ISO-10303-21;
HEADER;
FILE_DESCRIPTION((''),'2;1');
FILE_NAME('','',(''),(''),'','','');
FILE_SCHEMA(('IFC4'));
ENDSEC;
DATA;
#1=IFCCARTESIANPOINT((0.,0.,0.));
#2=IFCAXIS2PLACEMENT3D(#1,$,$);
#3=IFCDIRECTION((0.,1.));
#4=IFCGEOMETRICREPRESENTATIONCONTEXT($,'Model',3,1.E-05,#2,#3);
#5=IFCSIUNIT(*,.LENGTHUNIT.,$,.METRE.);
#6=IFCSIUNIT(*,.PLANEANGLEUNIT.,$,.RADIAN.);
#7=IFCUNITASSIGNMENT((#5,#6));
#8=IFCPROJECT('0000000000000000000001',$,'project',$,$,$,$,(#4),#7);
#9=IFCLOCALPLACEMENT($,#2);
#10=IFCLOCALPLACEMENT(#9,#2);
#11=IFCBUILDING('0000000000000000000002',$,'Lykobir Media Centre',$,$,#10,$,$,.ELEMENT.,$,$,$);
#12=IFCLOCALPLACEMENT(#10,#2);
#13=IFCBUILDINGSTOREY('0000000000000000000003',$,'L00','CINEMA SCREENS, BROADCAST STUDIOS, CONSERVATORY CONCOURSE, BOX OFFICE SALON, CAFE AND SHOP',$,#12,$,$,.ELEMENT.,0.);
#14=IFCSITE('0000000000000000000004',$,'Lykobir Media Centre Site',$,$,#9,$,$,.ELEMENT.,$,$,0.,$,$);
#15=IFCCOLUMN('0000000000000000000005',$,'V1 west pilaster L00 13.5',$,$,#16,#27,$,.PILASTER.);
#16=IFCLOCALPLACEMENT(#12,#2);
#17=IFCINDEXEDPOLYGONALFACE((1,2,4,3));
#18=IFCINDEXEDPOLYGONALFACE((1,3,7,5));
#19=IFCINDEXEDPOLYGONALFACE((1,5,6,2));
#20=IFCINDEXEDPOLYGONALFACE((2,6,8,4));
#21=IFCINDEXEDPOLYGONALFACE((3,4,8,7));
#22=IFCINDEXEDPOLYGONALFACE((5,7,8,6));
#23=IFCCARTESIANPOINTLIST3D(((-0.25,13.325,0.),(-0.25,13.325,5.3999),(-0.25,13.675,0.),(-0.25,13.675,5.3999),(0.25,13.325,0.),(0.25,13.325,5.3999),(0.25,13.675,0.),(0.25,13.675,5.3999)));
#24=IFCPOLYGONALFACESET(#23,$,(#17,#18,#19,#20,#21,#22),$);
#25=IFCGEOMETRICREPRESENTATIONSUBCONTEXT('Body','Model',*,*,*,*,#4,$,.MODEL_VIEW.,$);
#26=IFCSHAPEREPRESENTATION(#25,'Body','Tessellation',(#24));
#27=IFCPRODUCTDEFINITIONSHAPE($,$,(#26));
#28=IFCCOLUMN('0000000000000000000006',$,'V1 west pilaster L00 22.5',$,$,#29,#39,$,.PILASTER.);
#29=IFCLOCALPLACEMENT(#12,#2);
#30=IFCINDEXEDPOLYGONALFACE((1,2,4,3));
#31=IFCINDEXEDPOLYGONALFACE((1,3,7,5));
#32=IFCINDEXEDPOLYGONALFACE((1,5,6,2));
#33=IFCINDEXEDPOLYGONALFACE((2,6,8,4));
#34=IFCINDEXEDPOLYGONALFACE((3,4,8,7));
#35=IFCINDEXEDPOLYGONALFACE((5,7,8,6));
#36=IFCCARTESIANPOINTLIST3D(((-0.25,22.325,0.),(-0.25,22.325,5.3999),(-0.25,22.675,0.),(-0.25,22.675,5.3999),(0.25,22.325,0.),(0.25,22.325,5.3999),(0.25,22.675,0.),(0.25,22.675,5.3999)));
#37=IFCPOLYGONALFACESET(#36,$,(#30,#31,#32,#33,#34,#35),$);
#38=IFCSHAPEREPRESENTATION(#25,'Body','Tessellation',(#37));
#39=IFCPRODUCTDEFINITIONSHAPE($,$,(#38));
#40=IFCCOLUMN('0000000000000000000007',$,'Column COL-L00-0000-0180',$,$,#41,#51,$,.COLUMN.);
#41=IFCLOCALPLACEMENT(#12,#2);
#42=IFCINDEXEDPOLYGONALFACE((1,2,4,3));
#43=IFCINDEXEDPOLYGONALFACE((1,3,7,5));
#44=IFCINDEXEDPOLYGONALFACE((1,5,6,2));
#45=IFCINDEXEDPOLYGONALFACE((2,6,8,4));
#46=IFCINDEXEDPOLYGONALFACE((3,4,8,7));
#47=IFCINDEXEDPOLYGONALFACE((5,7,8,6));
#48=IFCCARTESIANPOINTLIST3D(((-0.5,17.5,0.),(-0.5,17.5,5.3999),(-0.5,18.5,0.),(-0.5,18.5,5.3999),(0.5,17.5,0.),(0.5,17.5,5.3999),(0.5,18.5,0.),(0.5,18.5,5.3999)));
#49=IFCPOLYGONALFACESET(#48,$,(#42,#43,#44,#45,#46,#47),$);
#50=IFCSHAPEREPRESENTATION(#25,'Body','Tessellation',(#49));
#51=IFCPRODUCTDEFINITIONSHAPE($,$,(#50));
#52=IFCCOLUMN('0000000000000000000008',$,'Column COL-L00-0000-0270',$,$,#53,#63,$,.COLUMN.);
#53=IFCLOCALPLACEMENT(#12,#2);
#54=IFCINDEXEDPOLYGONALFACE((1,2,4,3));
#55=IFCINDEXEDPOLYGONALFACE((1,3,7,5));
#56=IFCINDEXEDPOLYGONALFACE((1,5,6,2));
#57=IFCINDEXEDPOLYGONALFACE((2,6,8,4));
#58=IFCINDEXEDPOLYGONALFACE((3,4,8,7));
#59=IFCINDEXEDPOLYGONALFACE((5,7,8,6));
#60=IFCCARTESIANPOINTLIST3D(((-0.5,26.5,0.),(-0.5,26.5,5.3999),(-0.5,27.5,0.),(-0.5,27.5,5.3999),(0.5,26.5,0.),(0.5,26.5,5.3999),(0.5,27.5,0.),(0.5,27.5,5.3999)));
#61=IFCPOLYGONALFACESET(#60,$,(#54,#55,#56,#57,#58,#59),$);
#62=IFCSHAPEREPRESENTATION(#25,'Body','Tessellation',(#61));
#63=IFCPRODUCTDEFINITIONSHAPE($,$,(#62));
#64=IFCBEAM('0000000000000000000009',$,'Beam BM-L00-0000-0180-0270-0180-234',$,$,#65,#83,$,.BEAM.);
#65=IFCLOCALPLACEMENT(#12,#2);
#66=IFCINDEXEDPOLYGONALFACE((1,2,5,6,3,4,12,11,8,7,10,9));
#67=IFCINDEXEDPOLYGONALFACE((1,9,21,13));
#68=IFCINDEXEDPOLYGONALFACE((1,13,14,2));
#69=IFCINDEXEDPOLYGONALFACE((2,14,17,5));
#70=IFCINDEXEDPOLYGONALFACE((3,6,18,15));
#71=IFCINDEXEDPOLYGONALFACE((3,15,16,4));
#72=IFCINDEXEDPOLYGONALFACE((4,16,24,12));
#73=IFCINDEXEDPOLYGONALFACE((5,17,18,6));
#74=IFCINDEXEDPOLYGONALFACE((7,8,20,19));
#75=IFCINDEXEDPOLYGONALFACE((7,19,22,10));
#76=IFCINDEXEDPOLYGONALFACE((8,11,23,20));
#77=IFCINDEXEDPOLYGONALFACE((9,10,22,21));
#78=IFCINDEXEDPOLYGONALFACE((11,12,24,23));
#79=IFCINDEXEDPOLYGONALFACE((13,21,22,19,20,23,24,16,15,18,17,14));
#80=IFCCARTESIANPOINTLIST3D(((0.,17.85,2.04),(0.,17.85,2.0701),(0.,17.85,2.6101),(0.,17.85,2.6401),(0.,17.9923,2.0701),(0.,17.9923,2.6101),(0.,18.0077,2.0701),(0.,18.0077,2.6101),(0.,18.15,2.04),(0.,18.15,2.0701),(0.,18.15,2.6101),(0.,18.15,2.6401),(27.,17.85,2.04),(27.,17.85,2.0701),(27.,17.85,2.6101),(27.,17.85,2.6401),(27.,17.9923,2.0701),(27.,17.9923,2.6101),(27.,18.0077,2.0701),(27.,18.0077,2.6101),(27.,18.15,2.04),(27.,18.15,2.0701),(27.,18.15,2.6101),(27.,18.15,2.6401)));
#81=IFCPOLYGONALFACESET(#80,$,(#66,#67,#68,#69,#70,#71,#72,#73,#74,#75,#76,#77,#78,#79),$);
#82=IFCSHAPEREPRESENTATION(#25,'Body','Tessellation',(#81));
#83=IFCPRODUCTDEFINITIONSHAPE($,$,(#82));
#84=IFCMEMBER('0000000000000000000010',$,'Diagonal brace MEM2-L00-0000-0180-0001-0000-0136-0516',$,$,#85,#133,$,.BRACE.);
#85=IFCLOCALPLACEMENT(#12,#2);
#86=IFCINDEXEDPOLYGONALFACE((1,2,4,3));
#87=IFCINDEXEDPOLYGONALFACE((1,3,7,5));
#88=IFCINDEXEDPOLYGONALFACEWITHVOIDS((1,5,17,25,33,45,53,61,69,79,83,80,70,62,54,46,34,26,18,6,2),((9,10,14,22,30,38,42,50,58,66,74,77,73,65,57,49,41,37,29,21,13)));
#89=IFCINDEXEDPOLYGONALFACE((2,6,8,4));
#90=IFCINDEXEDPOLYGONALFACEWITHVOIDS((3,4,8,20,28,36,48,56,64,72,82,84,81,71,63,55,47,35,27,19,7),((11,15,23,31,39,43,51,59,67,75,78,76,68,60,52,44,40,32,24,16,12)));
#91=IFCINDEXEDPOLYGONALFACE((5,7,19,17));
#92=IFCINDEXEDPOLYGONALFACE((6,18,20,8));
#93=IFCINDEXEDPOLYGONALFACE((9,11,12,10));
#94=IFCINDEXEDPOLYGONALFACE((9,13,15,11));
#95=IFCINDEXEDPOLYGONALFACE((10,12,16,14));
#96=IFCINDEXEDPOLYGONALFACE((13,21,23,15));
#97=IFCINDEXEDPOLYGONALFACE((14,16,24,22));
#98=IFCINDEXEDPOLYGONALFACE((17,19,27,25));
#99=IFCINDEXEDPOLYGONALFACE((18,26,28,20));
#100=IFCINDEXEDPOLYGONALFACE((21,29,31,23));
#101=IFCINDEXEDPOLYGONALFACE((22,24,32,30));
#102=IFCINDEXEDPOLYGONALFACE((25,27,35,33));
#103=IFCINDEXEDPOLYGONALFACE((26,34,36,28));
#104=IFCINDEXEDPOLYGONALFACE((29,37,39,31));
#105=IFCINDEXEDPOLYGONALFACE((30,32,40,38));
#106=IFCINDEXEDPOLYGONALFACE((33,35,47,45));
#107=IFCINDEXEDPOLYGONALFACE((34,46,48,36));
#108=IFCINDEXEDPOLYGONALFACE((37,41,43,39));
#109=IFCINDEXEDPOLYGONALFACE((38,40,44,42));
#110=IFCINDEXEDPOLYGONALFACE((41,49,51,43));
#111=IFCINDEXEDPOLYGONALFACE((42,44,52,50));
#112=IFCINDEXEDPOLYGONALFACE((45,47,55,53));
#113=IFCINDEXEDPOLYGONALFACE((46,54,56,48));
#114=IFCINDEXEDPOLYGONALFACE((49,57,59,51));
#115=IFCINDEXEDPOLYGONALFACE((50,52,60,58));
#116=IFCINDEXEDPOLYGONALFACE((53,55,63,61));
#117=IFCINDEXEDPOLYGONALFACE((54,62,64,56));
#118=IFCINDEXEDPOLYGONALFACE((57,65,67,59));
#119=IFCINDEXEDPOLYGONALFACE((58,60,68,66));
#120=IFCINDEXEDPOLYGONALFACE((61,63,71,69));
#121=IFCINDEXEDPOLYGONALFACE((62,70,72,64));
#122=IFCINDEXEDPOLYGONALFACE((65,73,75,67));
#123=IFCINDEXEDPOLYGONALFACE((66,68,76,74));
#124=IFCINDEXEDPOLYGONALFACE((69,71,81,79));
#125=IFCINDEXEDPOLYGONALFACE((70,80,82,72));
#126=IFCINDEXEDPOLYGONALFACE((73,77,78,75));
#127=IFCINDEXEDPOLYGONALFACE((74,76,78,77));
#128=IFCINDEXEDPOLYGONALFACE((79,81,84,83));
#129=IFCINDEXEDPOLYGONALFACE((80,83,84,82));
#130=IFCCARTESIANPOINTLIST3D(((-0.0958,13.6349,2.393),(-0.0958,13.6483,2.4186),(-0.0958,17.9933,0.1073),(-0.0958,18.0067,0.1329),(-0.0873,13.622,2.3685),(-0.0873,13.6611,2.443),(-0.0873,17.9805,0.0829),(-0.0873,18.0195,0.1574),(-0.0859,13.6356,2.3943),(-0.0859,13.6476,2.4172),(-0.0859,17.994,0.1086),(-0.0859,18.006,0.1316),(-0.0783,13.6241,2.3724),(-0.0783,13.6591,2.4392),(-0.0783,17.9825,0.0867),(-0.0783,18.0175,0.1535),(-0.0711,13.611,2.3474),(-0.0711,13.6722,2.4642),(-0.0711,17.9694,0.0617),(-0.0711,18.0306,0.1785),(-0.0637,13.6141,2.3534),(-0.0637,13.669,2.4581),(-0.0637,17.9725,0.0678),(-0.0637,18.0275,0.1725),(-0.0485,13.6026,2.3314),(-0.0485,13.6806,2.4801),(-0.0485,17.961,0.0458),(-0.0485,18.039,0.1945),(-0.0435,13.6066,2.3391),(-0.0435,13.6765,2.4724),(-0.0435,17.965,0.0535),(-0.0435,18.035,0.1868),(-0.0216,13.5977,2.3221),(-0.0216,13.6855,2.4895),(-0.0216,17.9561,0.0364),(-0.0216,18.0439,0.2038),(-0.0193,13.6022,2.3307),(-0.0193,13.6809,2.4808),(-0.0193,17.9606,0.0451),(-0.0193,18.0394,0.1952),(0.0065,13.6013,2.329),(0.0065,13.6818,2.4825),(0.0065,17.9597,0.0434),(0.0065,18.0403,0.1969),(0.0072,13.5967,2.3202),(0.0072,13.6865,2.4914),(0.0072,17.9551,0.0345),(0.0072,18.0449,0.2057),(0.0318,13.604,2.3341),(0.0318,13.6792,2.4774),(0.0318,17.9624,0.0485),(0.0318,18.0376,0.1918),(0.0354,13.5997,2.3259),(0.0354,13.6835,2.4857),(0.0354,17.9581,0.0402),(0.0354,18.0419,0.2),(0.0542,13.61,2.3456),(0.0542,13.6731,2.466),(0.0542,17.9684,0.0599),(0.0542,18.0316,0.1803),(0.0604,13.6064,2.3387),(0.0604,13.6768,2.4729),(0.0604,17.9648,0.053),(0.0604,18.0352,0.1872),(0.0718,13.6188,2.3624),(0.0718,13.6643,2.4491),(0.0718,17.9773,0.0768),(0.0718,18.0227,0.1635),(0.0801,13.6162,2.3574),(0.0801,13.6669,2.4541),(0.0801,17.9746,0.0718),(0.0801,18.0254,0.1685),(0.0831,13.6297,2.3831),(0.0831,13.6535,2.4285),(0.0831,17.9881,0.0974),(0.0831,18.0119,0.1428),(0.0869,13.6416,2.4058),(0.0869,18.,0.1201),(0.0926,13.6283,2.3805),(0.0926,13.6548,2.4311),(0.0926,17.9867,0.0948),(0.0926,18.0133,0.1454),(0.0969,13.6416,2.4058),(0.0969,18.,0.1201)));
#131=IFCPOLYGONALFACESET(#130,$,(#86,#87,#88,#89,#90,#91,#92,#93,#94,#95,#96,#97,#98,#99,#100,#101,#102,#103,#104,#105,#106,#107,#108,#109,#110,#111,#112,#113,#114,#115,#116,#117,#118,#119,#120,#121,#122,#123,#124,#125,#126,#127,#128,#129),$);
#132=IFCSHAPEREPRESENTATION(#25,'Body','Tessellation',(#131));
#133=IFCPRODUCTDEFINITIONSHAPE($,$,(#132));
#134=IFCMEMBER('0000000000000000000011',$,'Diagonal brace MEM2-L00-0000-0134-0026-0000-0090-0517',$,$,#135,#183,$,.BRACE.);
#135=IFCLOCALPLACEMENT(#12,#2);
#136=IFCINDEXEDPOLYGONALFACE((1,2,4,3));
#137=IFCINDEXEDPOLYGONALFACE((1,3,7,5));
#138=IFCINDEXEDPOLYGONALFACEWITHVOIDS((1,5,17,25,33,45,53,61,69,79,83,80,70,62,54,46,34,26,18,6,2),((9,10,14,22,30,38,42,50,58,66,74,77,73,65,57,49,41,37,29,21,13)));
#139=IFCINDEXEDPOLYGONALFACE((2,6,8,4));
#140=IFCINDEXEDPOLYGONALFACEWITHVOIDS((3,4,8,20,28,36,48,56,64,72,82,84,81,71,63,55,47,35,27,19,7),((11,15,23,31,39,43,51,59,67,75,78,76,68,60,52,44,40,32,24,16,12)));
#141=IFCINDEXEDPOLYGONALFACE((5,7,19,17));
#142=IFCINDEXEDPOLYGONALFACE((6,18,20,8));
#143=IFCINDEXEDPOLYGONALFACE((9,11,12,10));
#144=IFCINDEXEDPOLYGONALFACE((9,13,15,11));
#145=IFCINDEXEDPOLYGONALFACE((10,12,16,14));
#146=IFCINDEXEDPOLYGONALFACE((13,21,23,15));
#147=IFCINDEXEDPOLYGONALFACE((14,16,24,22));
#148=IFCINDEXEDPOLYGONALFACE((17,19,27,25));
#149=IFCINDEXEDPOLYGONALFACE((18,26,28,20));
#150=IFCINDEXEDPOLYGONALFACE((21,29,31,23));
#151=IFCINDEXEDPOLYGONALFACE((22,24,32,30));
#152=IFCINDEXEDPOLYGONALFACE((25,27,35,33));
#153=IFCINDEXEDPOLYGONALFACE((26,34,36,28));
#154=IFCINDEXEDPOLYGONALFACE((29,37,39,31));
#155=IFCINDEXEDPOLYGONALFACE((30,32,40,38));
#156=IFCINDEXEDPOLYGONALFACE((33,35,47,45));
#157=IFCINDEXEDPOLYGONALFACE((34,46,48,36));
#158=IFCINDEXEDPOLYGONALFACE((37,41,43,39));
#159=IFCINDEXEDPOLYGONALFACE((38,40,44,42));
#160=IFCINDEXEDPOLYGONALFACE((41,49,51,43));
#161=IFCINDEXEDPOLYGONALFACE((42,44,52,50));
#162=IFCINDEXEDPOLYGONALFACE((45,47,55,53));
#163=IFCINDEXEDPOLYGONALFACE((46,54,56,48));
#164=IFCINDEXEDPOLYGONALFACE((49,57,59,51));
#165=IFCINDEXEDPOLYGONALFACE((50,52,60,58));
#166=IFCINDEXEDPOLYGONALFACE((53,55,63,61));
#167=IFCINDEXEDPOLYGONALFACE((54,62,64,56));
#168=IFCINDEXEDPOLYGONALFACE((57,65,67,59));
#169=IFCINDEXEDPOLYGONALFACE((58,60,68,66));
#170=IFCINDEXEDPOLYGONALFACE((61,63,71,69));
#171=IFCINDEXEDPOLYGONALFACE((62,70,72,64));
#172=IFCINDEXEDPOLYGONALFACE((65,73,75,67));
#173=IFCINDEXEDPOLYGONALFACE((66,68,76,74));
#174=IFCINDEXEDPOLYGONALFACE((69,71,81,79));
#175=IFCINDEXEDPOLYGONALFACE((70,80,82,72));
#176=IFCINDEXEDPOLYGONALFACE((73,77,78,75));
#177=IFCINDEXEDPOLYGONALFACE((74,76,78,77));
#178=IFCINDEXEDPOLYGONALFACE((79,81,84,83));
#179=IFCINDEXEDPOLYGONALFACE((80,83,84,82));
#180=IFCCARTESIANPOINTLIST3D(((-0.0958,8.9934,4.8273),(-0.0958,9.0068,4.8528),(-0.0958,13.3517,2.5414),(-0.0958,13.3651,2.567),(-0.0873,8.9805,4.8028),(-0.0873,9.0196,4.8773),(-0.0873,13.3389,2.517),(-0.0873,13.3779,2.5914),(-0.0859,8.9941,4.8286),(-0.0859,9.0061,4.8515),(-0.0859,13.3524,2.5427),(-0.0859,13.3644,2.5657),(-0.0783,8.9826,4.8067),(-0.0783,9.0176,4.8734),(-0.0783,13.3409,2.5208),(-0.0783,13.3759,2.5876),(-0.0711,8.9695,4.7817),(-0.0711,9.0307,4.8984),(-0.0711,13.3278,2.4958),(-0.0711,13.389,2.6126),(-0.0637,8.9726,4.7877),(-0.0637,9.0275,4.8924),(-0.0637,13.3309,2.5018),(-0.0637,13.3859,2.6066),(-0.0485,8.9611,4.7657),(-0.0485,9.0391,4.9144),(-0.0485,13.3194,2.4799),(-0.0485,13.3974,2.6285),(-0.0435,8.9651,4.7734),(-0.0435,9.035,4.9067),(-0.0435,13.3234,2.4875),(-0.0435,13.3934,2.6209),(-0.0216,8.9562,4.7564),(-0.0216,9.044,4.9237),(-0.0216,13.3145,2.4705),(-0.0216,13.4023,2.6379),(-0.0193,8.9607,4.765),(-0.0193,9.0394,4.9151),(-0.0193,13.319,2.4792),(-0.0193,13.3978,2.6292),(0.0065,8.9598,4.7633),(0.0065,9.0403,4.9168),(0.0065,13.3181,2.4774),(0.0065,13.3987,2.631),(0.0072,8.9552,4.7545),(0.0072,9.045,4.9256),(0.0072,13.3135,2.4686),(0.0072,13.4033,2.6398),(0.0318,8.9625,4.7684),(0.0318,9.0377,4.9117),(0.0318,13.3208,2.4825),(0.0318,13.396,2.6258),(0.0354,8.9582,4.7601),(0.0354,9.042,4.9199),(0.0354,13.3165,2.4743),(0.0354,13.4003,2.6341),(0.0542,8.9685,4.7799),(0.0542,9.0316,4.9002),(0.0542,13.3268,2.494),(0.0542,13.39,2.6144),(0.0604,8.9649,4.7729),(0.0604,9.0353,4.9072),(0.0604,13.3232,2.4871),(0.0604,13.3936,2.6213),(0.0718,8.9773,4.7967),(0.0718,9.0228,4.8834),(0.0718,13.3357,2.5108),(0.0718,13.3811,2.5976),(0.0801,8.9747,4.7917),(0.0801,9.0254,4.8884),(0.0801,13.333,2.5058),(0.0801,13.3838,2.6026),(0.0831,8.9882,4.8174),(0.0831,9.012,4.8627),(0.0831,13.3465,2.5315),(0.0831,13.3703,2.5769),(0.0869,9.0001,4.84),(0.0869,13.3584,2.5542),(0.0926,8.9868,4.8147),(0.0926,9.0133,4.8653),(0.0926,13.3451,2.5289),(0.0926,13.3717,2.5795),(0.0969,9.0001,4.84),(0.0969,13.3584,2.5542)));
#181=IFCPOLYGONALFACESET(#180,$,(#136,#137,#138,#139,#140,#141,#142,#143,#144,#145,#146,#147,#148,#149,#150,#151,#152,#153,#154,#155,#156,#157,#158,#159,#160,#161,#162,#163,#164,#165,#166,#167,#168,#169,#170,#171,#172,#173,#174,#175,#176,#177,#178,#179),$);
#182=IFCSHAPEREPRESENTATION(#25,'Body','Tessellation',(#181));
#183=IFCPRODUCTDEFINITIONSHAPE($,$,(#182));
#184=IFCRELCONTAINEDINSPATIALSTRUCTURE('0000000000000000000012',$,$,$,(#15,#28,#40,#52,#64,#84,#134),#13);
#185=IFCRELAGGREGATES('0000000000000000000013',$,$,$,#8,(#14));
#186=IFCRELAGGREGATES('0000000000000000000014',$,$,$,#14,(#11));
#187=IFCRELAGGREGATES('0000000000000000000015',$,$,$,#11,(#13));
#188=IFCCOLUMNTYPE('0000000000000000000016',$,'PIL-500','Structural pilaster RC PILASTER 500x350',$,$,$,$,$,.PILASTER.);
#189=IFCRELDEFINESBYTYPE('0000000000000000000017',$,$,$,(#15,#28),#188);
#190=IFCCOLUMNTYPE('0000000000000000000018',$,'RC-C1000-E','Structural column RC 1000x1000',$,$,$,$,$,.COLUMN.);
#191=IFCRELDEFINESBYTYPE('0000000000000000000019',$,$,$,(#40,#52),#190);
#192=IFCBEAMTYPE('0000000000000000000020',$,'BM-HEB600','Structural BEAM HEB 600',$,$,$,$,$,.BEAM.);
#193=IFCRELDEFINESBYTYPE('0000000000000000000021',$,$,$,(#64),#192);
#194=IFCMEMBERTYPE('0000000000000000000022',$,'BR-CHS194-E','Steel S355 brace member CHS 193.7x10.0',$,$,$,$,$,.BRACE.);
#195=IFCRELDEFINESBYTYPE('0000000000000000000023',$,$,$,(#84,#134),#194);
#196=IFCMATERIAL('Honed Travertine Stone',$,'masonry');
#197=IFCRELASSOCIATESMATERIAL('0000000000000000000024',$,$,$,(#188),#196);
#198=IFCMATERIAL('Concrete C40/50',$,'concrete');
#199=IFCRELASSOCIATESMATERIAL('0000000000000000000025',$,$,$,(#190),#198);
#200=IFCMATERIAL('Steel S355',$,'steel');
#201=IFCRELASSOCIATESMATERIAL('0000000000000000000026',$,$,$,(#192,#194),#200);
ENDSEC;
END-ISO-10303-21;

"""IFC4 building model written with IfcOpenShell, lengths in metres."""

from ifc_helpers import new_model, si_unit, direction, frame, origin, origin_2d, place, context, subcontext, project, spatial, rectangle, hollow_circle, i_section, extrude, material, material_profile, profile_set, type_object, element, save


model = new_model("IFC4")

# Units and contexts
model_context = context("Model", 3, precision=1e-05, world=origin(), true_north=direction((0.0, 1.0)))
body_context = subcontext(model_context, "Body", "Model", "MODEL_VIEW")
ifc_project = project(units=[si_unit("LENGTHUNIT", "METRE"), si_unit("PLANEANGLEUNIT", "RADIAN")], contexts=[model_context])

# Site, building, storey
site_placement = place(None, origin())
site = spatial("IfcSite", under=ifc_project, at=site_placement, Name="Lykobir Media Centre Site", CompositionType="ELEMENT", RefElevation=0.0)
building_placement = place(site_placement, origin())
building = spatial("IfcBuilding", under=site, at=building_placement, Name="Lykobir Media Centre", CompositionType="ELEMENT")
storey_placement = place(building_placement, origin())
storey = spatial("IfcBuildingStorey", under=building, at=storey_placement, Name="L00", Description="CINEMA SCREENS, BROADCAST STUDIOS, CONSERVATORY CONCOURSE, BOX OFFICE SALON, CAFE AND SHOP", CompositionType="ELEMENT", Elevation=0.0)

# Columns
ifc_material_1 = material(Name="Honed Travertine Stone", Category="masonry")
ifc_material_profile_1 = material_profile(ifc_material_1, rectangle(XDim=0.3501, YDim=0.5, at=origin_2d()), Name="RC PILASTER 500x350")
ifc_profile_set_1 = profile_set([ifc_material_profile_1], Name="Honed Travertine Stone")
column_type_1 = type_object("IfcColumnType", Name="PIL-500", Description="Structural pilaster RC PILASTER 500x350", PredefinedType="PILASTER", material=ifc_profile_set_1)
for number, where, z_axis, x_axis, name in (
    (1, (0.0, 13.5, 0.0), (0.0, 0.0, 1.0), (0.0, 1.0, 0.0), "V1 west pilaster L00 13.5"),
    (2, (0.0, 22.5, 0.0), (0.0, 0.0, 1.0), (0.0, 1.0, 0.0), "V1 west pilaster L00 22.5"),
):
    element("IfcColumn", number, at=place(storey_placement, frame(where, z_axis=z_axis, x_axis=x_axis)), inside=storey, type_object=column_type_1, Name=name, PredefinedType="PILASTER", context=body_context, shape_type="SweptSolid", body=[
        extrude(rectangle(XDim=0.3501, YDim=0.5, at=origin_2d()), origin(), (0.0, 0.0, 1.0), 5.3999),
    ])
ifc_material_2 = material(Name="Concrete C40/50", Category="concrete")
ifc_material_profile_2 = material_profile(ifc_material_2, rectangle(XDim=1.0, YDim=1.0, at=origin_2d()), Name="RC 1000x1000")
ifc_profile_set_2 = profile_set([ifc_material_profile_2], Name="Concrete C40/50")
column_type_2 = type_object("IfcColumnType", Name="RC-C1000-E", Description="Structural column RC 1000x1000", PredefinedType="COLUMN", material=ifc_profile_set_2)
for number, where, z_axis, x_axis, name in (
    (3, (0.0, 18.0, 0.0), (0.0, 0.0, 1.0), (1.0, 0.0, 0.0), "Column COL-L00-0000-0180"),
    (4, (0.0, 27.0, 0.0), (0.0, 0.0, 1.0), (1.0, 0.0, 0.0), "Column COL-L00-0000-0270"),
):
    element("IfcColumn", number, at=place(storey_placement, frame(where, z_axis=z_axis, x_axis=x_axis)), inside=storey, type_object=column_type_2, Name=name, PredefinedType="COLUMN", context=body_context, shape_type="SweptSolid", body=[
        extrude(rectangle(XDim=1.0, YDim=1.0, at=origin_2d()), origin(), (0.0, 0.0, 1.0), 5.3999),
    ])

# Beam
ifc_material_3 = material(Name="Steel S355", Category="steel")
ifc_material_profile_3 = material_profile(ifc_material_3, i_section(OverallWidth=0.3, OverallDepth=0.6001, WebThickness=0.0154, FlangeThickness=0.03, at=origin_2d()), Name="HEB 600")
ifc_profile_set_3 = profile_set([ifc_material_profile_3], Name="Steel S355")
beam_type_1 = type_object("IfcBeamType", Name="BM-HEB600", Description="Structural BEAM HEB 600", PredefinedType="BEAM", material=ifc_profile_set_3)
beam_1_placement = place(storey_placement, frame((0.0, 18.0, 2.3401), z_axis=(1.0, 0.0, 0.0), x_axis=(0.0, 1.0, 0.0)))
element("IfcBeam", 5, at=beam_1_placement, inside=storey, type_object=beam_type_1, Name="Beam BM-L00-0000-0180-0270-0180-234", PredefinedType="BEAM", context=body_context, shape_type="SweptSolid", body=[
    extrude(i_section(OverallWidth=0.3, OverallDepth=0.6001, WebThickness=0.0154, FlangeThickness=0.03, at=origin_2d()), origin(), (0.0, 0.0, 1.0), 27.0),
])

# Members
ifc_material_profile_4 = material_profile(ifc_material_3, hollow_circle(Radius=0.0969, WallThickness=0.01, at=origin_2d()), Name="CHS 193.7x10.0")
ifc_profile_set_4 = profile_set([ifc_material_profile_4], Name="Steel S355")
member_type = type_object("IfcMemberType", Name="BR-CHS194-E", Description="Steel S355 brace member CHS 193.7x10.0", PredefinedType="BRACE", material=ifc_profile_set_4)
for number, where, z_axis, x_axis, name in (
    (6, (0.0, 18.0, 0.1201), (0.0, -0.885608, 0.464433), (1.0, 0.0, 0.0), "Diagonal brace MEM2-L00-0000-0180-0001-0000-0136-0516"),
    (7, (0.0, 13.3584, 2.5542), (0.0, -0.885588, 0.464472), (1.0, 0.0, 0.0), "Diagonal brace MEM2-L00-0000-0134-0026-0000-0090-0517"),
):
    element("IfcMember", number, at=place(storey_placement, frame(where, z_axis=z_axis, x_axis=x_axis)), inside=storey, type_object=member_type, Name=name, PredefinedType="BRACE", context=body_context, shape_type="SweptSolid", body=[
        extrude(hollow_circle(Radius=0.0969, WallThickness=0.01, at=origin_2d()), origin(), (0.0, 0.0, 1.0), 4.9214),
    ])

save(model, "model.ifc")
